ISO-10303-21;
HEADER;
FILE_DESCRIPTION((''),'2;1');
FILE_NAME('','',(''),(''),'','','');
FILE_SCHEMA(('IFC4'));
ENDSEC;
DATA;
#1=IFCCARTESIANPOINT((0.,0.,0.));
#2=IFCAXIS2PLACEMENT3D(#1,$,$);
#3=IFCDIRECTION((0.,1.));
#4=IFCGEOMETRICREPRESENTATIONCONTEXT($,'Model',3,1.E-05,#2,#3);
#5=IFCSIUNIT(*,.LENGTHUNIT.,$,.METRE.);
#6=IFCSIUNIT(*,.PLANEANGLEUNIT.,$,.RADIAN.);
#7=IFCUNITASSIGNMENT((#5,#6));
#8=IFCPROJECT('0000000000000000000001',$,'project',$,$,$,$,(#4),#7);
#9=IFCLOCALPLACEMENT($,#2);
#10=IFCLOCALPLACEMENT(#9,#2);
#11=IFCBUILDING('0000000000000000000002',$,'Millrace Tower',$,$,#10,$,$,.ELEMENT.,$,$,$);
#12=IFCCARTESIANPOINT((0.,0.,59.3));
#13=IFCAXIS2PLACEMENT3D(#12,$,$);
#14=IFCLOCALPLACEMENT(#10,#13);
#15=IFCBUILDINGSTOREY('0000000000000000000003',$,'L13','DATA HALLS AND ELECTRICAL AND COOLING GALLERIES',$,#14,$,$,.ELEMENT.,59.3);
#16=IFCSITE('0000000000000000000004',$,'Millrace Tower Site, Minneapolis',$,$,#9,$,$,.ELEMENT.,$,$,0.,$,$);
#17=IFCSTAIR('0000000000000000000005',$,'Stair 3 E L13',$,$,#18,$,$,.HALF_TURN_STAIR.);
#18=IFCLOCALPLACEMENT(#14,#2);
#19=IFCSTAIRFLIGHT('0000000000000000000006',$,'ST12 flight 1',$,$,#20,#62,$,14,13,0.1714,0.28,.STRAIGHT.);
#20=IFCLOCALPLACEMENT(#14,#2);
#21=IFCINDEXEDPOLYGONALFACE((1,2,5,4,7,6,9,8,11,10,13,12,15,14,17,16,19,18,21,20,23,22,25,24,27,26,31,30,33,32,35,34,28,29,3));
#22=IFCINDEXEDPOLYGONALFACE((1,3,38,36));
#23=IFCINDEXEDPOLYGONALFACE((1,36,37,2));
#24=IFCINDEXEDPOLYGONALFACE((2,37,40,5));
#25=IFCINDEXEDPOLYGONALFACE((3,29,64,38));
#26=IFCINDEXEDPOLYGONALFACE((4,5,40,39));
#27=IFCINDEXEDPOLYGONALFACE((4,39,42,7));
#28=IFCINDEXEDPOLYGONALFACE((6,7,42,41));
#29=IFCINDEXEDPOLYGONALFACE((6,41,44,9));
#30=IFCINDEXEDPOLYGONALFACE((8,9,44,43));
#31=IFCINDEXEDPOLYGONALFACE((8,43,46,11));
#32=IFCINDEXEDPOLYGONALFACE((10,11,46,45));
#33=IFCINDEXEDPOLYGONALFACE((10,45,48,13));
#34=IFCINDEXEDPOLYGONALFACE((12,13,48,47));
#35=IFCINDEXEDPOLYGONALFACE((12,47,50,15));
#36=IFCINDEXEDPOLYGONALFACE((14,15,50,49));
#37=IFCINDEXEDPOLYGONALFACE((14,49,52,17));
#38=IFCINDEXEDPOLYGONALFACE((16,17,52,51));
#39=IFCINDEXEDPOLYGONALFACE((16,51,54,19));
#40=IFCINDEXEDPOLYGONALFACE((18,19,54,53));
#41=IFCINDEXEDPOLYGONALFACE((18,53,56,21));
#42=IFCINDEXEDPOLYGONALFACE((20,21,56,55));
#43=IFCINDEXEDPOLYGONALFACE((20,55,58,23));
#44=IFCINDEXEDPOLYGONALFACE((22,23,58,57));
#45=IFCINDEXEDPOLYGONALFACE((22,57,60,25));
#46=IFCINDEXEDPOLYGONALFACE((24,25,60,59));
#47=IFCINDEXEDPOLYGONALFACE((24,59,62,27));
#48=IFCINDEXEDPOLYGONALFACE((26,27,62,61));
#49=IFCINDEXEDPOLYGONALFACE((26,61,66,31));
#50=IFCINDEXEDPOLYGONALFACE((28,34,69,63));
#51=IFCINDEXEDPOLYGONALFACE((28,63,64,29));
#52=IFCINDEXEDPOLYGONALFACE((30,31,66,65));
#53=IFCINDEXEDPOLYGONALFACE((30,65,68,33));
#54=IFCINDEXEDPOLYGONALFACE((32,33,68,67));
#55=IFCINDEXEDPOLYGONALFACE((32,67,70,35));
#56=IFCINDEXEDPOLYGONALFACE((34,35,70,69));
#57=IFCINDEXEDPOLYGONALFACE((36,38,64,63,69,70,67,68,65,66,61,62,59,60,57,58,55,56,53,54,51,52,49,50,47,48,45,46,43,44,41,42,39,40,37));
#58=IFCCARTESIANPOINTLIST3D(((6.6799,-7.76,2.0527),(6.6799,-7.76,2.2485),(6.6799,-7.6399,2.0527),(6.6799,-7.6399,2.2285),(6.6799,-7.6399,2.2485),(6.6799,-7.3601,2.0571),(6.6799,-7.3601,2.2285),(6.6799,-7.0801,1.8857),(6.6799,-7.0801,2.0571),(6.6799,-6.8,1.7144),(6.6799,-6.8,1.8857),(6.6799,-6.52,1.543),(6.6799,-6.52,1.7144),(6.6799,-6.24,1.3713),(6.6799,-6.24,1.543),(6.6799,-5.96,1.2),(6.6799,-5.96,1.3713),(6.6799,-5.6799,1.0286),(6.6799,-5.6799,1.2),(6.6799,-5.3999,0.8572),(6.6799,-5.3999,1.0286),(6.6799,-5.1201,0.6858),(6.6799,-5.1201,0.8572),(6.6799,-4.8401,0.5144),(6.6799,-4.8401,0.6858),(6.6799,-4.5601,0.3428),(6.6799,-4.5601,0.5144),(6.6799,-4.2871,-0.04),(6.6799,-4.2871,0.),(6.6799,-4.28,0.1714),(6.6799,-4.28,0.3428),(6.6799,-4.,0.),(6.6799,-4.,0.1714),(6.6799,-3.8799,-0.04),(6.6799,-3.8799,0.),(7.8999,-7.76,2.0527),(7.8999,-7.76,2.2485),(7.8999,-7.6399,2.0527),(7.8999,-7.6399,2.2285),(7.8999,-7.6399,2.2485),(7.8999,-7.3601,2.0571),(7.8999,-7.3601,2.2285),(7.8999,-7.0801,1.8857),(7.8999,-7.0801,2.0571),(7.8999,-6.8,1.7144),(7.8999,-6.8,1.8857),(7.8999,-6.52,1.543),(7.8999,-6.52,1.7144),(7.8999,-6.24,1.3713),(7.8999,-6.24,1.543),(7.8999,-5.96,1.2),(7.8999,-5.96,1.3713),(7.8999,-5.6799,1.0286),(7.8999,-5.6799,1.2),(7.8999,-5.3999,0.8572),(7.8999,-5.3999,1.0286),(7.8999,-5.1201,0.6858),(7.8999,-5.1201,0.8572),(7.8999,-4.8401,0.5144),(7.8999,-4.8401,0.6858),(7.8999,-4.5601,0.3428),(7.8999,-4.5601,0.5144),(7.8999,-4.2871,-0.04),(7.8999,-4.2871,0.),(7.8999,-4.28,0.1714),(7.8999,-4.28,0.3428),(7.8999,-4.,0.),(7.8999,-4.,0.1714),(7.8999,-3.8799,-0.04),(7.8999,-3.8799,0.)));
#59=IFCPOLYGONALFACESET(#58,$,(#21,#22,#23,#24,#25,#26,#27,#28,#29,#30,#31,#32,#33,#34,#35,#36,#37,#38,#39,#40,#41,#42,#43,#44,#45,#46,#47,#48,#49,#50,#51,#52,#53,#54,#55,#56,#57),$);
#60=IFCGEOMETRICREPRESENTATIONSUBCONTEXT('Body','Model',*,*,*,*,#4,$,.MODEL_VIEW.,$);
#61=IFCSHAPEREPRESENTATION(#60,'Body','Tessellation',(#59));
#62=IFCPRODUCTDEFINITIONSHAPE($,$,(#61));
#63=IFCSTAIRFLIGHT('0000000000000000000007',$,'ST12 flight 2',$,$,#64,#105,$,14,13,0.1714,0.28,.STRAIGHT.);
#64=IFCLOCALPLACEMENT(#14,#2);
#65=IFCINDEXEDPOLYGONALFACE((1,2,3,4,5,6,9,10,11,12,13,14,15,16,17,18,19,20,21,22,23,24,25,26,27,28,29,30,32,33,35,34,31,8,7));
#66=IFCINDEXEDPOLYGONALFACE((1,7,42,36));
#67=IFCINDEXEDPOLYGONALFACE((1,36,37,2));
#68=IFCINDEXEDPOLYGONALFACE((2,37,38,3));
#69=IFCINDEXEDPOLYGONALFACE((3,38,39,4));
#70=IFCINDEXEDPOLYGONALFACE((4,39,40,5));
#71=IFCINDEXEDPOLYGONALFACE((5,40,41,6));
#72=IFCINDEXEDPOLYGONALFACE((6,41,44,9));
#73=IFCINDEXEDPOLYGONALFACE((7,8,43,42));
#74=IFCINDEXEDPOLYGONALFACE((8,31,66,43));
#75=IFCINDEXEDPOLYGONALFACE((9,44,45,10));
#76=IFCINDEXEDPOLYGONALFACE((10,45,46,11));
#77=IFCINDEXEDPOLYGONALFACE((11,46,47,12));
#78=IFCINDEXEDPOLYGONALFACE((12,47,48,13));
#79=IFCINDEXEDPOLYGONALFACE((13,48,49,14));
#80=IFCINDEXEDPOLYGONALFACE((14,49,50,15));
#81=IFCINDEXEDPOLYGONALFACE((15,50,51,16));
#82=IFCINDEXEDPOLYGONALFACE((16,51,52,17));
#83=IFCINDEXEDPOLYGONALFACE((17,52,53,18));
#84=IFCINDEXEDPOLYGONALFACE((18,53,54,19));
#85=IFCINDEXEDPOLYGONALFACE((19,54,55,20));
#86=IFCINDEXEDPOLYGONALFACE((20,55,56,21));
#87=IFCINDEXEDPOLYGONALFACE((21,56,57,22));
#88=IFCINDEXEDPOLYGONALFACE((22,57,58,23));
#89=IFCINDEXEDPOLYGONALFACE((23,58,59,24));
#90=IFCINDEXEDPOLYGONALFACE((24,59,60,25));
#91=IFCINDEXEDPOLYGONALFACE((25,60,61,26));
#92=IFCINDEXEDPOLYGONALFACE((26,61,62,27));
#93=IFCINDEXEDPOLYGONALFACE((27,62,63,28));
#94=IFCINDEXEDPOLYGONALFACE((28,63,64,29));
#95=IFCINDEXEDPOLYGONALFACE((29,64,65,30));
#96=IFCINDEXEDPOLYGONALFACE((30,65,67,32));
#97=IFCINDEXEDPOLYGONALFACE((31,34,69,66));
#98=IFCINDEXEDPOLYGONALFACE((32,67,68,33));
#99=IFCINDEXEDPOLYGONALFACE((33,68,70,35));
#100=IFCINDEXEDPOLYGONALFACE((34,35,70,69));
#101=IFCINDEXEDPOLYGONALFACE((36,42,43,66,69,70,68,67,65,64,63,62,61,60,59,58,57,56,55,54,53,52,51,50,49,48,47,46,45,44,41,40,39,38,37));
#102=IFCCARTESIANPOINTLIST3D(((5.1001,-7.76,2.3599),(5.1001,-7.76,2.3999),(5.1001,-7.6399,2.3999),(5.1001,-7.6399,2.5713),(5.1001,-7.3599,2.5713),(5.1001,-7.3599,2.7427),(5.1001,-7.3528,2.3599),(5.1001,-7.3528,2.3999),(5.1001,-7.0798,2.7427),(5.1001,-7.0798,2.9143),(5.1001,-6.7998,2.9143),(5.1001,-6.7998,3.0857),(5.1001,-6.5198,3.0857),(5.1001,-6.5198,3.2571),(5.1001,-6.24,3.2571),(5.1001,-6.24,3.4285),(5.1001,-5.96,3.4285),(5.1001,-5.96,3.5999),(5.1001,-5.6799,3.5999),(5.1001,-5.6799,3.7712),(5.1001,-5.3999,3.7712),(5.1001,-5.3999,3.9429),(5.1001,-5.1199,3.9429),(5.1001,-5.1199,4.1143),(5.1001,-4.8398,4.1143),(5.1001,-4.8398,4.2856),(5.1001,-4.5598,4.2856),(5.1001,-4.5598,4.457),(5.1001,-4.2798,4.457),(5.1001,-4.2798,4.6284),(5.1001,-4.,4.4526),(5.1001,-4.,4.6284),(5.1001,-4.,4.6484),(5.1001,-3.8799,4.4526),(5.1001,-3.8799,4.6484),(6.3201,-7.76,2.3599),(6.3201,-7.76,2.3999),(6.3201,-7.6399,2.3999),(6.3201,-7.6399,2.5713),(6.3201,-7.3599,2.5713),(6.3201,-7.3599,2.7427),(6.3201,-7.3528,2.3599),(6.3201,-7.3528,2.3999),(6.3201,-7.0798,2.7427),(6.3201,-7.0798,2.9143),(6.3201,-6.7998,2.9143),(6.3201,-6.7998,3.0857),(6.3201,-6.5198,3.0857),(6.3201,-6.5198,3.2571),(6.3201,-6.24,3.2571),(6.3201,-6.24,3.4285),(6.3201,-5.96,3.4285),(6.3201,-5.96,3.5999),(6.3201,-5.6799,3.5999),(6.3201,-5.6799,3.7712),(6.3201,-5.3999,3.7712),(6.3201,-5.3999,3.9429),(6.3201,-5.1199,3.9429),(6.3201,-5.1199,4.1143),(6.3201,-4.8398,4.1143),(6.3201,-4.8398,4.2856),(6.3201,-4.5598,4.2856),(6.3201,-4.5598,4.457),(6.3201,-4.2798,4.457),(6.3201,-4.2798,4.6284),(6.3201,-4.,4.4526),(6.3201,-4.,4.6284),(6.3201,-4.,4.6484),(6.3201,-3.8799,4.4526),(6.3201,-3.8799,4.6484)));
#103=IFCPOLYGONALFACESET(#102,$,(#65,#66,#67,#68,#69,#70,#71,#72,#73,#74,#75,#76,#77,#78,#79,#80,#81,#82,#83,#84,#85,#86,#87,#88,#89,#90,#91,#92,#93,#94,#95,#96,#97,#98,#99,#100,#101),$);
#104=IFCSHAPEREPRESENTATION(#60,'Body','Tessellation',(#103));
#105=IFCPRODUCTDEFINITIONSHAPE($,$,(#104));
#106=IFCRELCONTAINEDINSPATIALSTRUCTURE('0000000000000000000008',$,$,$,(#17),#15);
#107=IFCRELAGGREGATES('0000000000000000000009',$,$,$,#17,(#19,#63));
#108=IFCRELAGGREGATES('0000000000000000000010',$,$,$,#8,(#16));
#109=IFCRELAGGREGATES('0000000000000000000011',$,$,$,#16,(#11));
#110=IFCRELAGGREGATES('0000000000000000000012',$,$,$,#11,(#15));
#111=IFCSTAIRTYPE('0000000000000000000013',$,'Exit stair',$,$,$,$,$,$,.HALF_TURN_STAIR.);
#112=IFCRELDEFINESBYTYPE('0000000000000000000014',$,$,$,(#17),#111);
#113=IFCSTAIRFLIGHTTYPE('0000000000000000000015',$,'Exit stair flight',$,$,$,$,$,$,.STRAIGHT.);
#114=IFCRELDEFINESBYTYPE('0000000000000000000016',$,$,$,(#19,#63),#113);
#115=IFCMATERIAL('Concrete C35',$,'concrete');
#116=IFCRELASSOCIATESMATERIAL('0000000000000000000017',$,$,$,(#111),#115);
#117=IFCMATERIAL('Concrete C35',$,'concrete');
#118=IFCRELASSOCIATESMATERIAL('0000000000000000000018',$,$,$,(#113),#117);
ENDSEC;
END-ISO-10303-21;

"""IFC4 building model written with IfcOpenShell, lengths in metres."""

from ifc_helpers import new_model, si_unit, direction, frame, origin, place, context, subcontext, project, spatial, polyline, outline, extrude, material, type_object, element, aggregate, save


model = new_model("IFC4")

# Units and contexts
model_context = context("Model", 3, precision=1e-05, world=origin(), true_north=direction((0.0, 1.0)))
body_context = subcontext(model_context, "Body", "Model", "MODEL_VIEW")
ifc_project = project(units=[si_unit("LENGTHUNIT", "METRE"), si_unit("PLANEANGLEUNIT", "RADIAN")], contexts=[model_context])

# Site, building, storey
site_placement = place(None, origin())
site = spatial("IfcSite", under=ifc_project, at=site_placement, Name="Millrace Tower Site, Minneapolis", CompositionType="ELEMENT", RefElevation=0.0)
building_placement = place(site_placement, origin())
building = spatial("IfcBuilding", under=site, at=building_placement, Name="Millrace Tower", CompositionType="ELEMENT")
storey_placement = place(building_placement, frame((0.0, 0.0, 59.3)))
storey = spatial("IfcBuildingStorey", under=building, at=storey_placement, Name="L13", Description="DATA HALLS AND ELECTRICAL AND COOLING GALLERIES", CompositionType="ELEMENT", Elevation=59.3)

# Shared definitions
placement = place(storey_placement, origin())

# Shared definitions
ifc_material_1 = material(Name="Concrete C35", Category="concrete")
stair_type = type_object("IfcStairType", Name="Exit stair", PredefinedType="HALF_TURN_STAIR", material=ifc_material_1)
ifc_material_2 = material(Name="Concrete C35", Category="concrete")
stair_flight_type = type_object("IfcStairFlightType", Name="Exit stair flight", PredefinedType="STRAIGHT", material=ifc_material_2)

# Stair, stair flights
stair_1 = element("IfcStair", 1, at=placement, inside=storey, type_object=stair_type, Name="Stair 3 E L13", PredefinedType="HALF_TURN_STAIR")
stair_flight_1_placement = place(storey_placement, frame((7.29, -4.0, 0.0), z_axis=(0.0, 0.0, 1.0), x_axis=(0.0, -1.0, 0.0)))
stair_flight_1 = element("IfcStairFlight", 2, at=stair_flight_1_placement, type_object=stair_flight_type, Name="ST12 flight 1", NumberOfRisers=14, NumberOfTreads=13, PredefinedType="STRAIGHT", RiserHeight=0.1714, TreadLength=0.28, context=body_context, shape_type="SweptSolid", body=[
    extrude(outline(polyline([(-0.1201, -0.04), (-0.1201, 0.0), (0.0, 0.0), (0.0, 0.1714), (0.28, 0.1714), (0.28, 0.3428), (0.5601, 0.3428), (0.5601, 0.5144), (0.8401, 0.5144), (0.8401, 0.6858), (1.1201, 0.6858), (1.1201, 0.8572), (1.3999, 0.8572), (1.3999, 1.0286), (1.6799, 1.0286), (1.6799, 1.2), (1.96, 1.2), (1.96, 1.3713), (2.24, 1.3713), (2.24, 1.543), (2.52, 1.543), (2.52, 1.7144), (2.8, 1.7144), (2.8, 1.8857), (3.0801, 1.8857), (3.0801, 2.0571), (3.3601, 2.0571), (3.3601, 2.2285), (3.6399, 2.2285), (3.6399, 2.2485), (3.76, 2.2485), (3.76, 2.0527), (3.6399, 2.0527), (0.2871, 0.0), (0.2871, -0.04), (-0.1201, -0.04)])), frame((0.0, 0.6099, 0.0), z_axis=(0.0, -1.0, 0.0), x_axis=(1.0, 0.0, 0.0)), (0.0, 0.0, 1.0), 1.22),
])
stair_flight_2_placement = place(storey_placement, frame((5.71, -7.6399, 2.3999), z_axis=(0.0, 0.0, 1.0), x_axis=(0.0, 1.0, 0.0)))
stair_flight_2 = element("IfcStairFlight", 3, at=stair_flight_2_placement, type_object=stair_flight_type, Name="ST12 flight 2", NumberOfRisers=14, NumberOfTreads=13, PredefinedType="STRAIGHT", RiserHeight=0.1714, TreadLength=0.28, context=body_context, shape_type="SweptSolid", body=[
    extrude(outline(polyline([(-0.1201, -0.04), (-0.1201, 0.0), (0.0, 0.0), (0.0, 0.1714), (0.28, 0.1714), (0.28, 0.3428), (0.5601, 0.3428), (0.5601, 0.5144), (0.8401, 0.5144), (0.8401, 0.6858), (1.1201, 0.6858), (1.1201, 0.8572), (1.3999, 0.8572), (1.3999, 1.0286), (1.6799, 1.0286), (1.6799, 1.2), (1.96, 1.2), (1.96, 1.3713), (2.24, 1.3713), (2.24, 1.543), (2.52, 1.543), (2.52, 1.7144), (2.8, 1.7144), (2.8, 1.8857), (3.0801, 1.8857), (3.0801, 2.0571), (3.3601, 2.0571), (3.3601, 2.2285), (3.6399, 2.2285), (3.6399, 2.2485), (3.76, 2.2485), (3.76, 2.0527), (3.6399, 2.0527), (0.2871, 0.0), (0.2871, -0.04), (-0.1201, -0.04)])), frame((0.0, 0.6099, 0.0), z_axis=(0.0, -1.0, 0.0), x_axis=(1.0, 0.0, 0.0)), (0.0, 0.0, 1.0), 1.22),
])
aggregate(stair_1, [stair_flight_1, stair_flight_2])

save(model, "model.ifc")
